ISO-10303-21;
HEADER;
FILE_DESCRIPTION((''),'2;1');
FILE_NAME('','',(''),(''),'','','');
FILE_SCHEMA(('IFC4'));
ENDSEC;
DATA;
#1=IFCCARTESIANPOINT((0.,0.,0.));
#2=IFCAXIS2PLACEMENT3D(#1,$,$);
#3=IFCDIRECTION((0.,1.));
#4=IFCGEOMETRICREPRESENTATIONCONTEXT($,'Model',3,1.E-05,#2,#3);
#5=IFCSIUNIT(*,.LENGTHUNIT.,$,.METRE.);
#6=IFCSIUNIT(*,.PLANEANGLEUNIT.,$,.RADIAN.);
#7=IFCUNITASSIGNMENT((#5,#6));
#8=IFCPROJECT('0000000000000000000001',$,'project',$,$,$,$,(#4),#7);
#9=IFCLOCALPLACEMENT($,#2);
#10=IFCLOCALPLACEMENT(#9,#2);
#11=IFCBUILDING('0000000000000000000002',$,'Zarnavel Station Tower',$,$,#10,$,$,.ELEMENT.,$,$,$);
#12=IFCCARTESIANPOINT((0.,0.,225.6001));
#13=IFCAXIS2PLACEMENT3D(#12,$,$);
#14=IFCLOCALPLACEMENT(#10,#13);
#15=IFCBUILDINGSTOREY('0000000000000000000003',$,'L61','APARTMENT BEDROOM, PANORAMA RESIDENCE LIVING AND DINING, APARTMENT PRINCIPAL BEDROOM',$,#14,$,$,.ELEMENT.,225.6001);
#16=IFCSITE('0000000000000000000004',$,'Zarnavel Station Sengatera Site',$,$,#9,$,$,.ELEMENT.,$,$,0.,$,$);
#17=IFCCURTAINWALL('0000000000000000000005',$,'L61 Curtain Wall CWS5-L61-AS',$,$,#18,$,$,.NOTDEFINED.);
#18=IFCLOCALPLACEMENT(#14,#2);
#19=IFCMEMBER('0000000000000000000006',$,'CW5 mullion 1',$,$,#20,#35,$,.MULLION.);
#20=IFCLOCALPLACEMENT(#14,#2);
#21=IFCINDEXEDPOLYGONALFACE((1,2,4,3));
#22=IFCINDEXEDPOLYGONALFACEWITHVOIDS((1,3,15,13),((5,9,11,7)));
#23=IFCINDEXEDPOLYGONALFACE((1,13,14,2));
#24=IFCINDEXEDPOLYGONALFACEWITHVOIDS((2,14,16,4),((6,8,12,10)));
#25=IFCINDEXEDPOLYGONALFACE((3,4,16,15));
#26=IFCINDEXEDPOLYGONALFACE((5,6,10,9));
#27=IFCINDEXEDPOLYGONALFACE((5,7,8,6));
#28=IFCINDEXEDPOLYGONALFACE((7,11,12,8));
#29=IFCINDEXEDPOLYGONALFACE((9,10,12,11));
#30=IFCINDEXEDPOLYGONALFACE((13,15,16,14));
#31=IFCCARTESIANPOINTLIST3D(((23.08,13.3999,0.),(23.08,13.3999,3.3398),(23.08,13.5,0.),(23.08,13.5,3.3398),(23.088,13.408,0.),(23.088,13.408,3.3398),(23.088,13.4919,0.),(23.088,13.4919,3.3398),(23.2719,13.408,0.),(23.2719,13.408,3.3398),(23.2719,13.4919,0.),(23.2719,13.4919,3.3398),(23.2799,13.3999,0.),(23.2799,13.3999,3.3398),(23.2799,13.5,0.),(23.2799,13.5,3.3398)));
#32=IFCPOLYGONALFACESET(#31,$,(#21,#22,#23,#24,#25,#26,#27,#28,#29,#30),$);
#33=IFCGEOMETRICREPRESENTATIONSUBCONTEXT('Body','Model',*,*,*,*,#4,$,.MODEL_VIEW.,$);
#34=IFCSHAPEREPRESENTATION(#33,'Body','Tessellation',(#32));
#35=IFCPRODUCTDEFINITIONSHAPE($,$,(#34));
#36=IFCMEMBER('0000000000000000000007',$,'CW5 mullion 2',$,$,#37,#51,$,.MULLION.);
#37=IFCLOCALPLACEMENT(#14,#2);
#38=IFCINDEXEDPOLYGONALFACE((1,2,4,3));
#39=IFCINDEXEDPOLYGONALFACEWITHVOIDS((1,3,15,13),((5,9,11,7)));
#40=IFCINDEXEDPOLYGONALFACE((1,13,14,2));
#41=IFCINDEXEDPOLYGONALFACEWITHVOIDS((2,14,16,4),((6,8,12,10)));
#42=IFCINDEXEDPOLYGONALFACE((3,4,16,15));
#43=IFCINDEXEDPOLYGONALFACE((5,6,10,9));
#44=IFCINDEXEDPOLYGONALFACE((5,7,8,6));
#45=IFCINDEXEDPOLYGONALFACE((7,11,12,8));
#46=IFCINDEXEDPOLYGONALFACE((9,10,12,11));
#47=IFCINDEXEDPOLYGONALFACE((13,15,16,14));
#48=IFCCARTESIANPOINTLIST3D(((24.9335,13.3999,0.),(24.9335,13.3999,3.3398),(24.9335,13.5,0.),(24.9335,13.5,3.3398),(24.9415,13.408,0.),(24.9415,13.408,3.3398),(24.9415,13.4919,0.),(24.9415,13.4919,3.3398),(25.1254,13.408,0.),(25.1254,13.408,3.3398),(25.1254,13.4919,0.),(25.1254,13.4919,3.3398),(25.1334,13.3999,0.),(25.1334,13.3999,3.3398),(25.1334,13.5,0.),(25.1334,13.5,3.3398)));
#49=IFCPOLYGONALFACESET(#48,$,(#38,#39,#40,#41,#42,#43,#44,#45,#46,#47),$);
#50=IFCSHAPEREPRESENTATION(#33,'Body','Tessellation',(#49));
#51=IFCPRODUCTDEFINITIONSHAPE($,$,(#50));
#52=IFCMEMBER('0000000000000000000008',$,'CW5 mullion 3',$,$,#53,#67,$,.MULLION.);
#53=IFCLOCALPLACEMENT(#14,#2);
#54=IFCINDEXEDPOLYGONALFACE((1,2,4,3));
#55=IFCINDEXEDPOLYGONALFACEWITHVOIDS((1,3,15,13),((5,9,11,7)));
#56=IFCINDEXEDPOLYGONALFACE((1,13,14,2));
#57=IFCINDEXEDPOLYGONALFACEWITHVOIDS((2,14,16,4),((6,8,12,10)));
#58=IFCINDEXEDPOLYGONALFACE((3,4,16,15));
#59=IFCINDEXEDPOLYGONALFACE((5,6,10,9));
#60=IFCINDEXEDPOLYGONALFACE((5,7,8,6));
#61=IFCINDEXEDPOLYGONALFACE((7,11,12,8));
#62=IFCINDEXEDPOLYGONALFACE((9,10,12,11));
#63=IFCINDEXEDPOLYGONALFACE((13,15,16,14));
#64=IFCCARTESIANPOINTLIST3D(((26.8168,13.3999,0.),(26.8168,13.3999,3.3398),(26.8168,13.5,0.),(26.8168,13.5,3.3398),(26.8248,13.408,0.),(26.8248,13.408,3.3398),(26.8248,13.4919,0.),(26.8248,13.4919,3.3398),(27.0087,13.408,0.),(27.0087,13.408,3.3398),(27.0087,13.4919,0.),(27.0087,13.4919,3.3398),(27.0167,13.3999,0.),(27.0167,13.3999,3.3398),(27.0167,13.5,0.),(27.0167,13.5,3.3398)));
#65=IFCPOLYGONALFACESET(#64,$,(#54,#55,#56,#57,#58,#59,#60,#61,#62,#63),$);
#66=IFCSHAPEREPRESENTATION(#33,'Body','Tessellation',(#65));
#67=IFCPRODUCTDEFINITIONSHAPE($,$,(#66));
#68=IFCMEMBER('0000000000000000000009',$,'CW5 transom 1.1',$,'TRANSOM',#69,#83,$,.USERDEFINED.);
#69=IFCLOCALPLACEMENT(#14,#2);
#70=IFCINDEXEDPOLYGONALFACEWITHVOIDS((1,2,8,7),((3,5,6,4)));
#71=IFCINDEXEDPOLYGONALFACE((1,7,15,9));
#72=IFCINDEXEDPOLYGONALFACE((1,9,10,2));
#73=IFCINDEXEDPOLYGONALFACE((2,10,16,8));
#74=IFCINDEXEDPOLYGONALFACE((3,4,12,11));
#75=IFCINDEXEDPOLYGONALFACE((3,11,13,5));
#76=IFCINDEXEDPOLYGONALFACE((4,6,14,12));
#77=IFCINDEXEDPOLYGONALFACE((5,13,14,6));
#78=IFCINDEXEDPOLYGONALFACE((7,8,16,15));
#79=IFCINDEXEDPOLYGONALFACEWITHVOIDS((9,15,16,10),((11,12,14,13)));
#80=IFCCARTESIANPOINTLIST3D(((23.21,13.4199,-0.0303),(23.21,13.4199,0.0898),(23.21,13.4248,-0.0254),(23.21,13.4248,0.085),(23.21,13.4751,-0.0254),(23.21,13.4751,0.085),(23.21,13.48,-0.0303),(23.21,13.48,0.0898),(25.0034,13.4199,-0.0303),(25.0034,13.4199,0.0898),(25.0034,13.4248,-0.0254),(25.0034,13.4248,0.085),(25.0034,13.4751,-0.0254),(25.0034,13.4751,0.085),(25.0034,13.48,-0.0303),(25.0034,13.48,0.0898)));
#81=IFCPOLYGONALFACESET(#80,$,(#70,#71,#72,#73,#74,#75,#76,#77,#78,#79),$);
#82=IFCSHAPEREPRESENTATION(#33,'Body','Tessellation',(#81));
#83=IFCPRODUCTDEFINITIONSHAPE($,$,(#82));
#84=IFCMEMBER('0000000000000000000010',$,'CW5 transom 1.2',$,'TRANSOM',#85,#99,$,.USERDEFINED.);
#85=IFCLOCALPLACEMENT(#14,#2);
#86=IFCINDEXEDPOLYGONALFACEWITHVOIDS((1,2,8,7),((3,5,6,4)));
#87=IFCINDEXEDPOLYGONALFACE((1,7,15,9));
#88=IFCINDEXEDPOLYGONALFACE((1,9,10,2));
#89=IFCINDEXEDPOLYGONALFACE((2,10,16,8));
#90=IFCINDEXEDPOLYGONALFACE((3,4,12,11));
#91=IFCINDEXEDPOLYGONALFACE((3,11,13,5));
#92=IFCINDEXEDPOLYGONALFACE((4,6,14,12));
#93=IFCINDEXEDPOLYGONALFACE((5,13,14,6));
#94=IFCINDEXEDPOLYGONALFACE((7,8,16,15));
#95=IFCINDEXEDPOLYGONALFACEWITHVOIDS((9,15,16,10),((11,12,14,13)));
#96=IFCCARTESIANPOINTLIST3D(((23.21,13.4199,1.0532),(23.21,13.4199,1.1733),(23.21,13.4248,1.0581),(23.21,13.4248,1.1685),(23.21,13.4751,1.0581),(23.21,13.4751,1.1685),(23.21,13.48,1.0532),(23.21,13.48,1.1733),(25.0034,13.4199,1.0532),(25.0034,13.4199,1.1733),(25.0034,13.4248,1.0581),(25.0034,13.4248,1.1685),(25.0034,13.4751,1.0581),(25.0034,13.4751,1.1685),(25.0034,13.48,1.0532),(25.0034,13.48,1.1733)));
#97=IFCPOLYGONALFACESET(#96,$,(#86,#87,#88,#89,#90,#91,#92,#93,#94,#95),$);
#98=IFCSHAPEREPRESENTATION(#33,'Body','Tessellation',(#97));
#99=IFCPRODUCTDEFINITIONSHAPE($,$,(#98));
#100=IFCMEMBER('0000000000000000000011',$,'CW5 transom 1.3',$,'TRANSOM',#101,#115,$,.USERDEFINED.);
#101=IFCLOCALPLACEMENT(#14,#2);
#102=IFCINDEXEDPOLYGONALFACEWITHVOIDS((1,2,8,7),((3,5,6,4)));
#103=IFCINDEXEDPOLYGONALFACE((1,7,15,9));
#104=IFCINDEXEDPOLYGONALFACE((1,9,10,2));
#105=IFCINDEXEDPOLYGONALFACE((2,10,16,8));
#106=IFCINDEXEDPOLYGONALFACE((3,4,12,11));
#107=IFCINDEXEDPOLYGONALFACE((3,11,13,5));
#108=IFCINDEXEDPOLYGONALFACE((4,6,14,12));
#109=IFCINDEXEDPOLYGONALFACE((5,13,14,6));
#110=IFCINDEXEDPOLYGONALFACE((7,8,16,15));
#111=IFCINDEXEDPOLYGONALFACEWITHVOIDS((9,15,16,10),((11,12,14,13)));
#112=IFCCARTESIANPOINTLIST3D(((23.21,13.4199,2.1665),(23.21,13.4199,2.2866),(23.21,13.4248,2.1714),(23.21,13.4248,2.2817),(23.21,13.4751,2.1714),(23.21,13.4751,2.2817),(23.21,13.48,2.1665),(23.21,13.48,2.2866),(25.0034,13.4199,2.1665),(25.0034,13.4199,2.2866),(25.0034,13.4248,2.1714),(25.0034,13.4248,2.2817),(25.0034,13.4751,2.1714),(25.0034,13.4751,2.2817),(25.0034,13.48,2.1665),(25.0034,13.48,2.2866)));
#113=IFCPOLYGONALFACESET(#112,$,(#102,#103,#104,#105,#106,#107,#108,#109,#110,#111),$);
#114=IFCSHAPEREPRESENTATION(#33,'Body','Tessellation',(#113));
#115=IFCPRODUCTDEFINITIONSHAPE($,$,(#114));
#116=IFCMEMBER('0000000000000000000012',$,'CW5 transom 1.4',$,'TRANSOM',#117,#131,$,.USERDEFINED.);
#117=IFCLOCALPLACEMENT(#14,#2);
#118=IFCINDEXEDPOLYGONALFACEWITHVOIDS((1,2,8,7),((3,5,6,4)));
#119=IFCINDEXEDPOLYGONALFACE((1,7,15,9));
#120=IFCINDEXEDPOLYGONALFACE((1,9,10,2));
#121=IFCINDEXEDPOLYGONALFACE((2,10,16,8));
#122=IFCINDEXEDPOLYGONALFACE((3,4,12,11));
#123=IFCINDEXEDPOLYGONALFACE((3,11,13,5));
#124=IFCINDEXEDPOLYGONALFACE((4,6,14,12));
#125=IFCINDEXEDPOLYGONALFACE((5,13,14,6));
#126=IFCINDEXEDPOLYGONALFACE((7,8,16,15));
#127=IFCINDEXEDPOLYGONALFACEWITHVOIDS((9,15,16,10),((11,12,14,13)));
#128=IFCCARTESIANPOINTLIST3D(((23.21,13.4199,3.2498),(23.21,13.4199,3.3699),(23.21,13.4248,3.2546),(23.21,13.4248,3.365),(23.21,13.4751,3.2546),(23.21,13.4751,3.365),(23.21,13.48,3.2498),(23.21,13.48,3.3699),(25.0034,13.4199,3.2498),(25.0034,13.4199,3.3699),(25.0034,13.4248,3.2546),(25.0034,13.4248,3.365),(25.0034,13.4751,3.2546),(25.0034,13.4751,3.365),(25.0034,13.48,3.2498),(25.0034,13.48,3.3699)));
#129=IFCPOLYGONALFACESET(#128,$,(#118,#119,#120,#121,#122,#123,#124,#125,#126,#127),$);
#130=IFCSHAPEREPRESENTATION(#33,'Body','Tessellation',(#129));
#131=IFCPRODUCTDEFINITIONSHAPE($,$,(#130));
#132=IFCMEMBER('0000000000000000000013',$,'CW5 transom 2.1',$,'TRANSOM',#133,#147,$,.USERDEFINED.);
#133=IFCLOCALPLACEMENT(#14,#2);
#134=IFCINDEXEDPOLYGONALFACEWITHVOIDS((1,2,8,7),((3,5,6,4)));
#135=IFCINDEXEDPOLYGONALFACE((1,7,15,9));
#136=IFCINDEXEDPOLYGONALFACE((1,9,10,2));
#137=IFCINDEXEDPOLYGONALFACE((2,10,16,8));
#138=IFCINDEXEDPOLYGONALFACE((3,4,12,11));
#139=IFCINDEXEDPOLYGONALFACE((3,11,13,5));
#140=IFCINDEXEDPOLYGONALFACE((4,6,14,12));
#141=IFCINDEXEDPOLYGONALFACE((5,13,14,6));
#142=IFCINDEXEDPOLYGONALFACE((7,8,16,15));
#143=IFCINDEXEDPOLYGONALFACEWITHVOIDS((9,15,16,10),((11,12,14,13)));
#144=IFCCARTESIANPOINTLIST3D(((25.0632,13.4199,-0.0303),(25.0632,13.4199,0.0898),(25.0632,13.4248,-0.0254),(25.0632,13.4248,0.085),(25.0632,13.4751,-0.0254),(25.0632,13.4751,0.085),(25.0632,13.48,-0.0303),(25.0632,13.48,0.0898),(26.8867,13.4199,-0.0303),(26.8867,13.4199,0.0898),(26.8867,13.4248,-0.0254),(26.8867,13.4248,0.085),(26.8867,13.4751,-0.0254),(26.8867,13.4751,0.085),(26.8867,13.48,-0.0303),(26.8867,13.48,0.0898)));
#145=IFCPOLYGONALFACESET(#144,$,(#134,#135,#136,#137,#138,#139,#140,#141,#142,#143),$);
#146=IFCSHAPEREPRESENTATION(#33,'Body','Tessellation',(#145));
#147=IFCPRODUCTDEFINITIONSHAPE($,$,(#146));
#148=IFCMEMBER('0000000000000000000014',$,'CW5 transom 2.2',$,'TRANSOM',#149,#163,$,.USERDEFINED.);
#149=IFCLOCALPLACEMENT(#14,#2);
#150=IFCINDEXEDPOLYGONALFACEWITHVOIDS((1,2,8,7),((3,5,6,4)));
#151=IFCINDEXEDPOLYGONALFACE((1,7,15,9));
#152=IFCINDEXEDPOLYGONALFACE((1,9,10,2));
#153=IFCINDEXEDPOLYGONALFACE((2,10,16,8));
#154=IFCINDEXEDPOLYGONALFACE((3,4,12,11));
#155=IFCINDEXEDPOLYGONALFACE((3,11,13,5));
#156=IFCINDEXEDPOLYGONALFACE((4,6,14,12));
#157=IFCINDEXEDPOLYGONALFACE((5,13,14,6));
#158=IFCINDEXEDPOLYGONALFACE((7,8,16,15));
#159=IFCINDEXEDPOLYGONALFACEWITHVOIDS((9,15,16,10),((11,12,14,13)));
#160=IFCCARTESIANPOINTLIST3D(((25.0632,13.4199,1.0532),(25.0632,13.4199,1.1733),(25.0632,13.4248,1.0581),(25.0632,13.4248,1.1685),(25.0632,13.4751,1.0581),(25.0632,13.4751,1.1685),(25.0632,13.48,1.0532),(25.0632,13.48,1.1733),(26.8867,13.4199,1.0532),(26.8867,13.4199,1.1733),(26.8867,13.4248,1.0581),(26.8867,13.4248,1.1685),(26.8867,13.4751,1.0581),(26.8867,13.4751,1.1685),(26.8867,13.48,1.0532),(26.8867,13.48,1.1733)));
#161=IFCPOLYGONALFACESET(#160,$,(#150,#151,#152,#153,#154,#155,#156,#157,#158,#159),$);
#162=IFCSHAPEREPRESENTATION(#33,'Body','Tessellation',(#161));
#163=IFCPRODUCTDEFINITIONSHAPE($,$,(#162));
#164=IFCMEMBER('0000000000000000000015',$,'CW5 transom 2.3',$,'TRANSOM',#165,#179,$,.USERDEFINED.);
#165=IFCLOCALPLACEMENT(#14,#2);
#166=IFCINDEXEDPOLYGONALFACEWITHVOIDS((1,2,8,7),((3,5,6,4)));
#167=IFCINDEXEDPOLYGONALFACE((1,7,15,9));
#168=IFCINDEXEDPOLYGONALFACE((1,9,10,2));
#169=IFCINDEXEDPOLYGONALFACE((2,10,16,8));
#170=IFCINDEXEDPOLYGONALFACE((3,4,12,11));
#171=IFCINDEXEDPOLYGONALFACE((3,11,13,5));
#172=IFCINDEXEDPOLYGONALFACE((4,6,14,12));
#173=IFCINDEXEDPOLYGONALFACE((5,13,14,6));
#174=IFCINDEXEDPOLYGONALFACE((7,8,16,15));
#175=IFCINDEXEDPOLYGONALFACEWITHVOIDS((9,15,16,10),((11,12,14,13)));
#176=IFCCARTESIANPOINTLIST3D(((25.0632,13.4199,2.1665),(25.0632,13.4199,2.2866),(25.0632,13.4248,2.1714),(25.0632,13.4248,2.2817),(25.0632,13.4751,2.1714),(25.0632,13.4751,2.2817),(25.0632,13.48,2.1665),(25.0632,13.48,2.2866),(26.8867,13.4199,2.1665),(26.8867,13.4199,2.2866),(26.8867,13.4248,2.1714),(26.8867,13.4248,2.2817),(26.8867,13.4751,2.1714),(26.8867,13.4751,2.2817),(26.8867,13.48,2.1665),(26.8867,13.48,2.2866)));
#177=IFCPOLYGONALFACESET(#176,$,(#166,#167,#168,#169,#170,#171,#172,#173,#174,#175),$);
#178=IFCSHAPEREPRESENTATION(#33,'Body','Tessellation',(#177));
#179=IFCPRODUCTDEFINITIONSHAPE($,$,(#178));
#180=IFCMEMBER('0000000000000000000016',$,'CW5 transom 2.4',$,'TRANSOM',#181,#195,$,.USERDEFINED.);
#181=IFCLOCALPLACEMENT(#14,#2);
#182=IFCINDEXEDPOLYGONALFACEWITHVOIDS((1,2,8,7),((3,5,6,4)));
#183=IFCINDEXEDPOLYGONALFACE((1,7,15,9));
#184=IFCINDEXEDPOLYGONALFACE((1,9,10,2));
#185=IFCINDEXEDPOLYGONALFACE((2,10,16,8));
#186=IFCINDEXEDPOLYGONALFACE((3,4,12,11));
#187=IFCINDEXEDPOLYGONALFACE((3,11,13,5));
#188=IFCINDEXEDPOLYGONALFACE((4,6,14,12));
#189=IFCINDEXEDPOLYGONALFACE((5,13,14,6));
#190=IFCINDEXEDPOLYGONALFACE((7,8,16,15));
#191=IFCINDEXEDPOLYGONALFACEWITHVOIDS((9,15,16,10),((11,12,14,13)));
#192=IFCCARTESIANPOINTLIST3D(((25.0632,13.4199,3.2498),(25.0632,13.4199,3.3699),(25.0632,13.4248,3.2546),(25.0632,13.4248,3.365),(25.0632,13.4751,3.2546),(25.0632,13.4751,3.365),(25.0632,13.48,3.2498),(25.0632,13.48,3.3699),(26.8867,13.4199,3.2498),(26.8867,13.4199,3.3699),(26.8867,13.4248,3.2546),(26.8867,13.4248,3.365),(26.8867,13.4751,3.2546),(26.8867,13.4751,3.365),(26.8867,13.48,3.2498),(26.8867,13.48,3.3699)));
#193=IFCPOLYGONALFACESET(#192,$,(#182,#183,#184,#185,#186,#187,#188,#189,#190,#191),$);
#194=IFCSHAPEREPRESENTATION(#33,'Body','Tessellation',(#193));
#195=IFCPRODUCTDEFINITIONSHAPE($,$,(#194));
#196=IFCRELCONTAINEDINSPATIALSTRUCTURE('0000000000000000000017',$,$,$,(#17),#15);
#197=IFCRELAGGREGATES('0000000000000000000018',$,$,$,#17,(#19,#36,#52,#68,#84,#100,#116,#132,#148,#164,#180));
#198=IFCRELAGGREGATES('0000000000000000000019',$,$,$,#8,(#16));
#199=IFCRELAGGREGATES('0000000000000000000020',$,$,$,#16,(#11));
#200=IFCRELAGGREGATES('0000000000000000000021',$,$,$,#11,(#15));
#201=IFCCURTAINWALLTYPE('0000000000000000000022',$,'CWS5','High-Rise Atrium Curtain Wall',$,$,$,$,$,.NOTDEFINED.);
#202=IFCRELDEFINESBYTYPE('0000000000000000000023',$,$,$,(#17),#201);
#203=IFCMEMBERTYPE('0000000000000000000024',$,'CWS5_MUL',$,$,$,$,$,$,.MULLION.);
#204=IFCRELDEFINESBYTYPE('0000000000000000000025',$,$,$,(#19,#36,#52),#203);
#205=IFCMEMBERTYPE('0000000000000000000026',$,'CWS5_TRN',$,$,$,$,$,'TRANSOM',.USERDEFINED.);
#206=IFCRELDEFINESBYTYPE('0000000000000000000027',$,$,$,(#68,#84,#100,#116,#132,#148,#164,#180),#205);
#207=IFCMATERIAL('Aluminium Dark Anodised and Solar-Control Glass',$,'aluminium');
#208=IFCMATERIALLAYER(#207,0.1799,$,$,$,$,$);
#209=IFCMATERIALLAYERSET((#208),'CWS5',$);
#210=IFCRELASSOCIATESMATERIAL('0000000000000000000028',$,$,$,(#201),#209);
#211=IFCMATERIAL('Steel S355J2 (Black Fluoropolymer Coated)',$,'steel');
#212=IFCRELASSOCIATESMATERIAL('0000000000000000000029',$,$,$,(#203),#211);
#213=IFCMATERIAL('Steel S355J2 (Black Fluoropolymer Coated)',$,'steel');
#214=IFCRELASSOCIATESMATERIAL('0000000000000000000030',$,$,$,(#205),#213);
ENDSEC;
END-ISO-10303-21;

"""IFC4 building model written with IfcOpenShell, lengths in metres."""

from ifc_helpers import new_model, si_unit, direction, frame, origin, origin_2d, place, context, subcontext, project, spatial, hollow_rectangle, extrude, material, layer, layer_set, material_profile, profile_set, type_object, element, aggregate, save


model = new_model("IFC4")

# Units and contexts
model_context = context("Model", 3, precision=1e-05, world=origin(), true_north=direction((0.0, 1.0)))
body_context = subcontext(model_context, "Body", "Model", "MODEL_VIEW")
ifc_project = project(units=[si_unit("LENGTHUNIT", "METRE"), si_unit("PLANEANGLEUNIT", "RADIAN")], contexts=[model_context])

# Site, building, storey
site_placement = place(None, origin())
site = spatial("IfcSite", under=ifc_project, at=site_placement, Name="Zarnavel Station Sengatera Site", CompositionType="ELEMENT", RefElevation=0.0)
building_placement = place(site_placement, origin())
building = spatial("IfcBuilding", under=site, at=building_placement, Name="Zarnavel Station Tower", CompositionType="ELEMENT")
storey_placement = place(building_placement, frame((0.0, 0.0, 225.6001)))
storey = spatial("IfcBuildingStorey", under=building, at=storey_placement, Name="L61", Description="APARTMENT BEDROOM, PANORAMA RESIDENCE LIVING AND DINING, APARTMENT PRINCIPAL BEDROOM", CompositionType="ELEMENT", Elevation=225.6001)

# Curtain wall, members
ifc_material_1 = material(Name="Aluminium Dark Anodised and Solar-Control Glass", Category="aluminium")
ifc_layer_1 = layer(ifc_material_1, 0.1799)
ifc_layer_set_1 = layer_set([ifc_layer_1], Name="CWS5")
curtain_wall_type = type_object("IfcCurtainWallType", Name="CWS5", Description="High-Rise Atrium Curtain Wall", PredefinedType="NOTDEFINED", material=ifc_layer_set_1)
curtain_wall_placement = place(storey_placement, origin())
curtain_wall = element("IfcCurtainWall", 1, at=curtain_wall_placement, inside=storey, type_object=curtain_wall_type, Name="L61 Curtain Wall CWS5-L61-AS", PredefinedType="NOTDEFINED")
ifc_material_2 = material(Name="Steel S355J2 (Black Fluoropolymer Coated)", Category="steel")
ifc_material_profile_1 = material_profile(ifc_material_2, hollow_rectangle(XDim=0.1001, YDim=0.2, WallThickness=0.0081, at=origin_2d()), Name="RHS200x100x8")
ifc_profile_set_1 = profile_set([ifc_material_profile_1], Name="Steel S355J2 (Black Fluoropolymer Coated)")
member_type_1 = type_object("IfcMemberType", Name="CWS5_MUL", PredefinedType="MULLION", material=ifc_profile_set_1)
member_1_placement = place(storey_placement, frame((23.1799, 13.45, 0.0), z_axis=(0.0, 0.0, 1.0), x_axis=(0.0, 1.0, 0.0)))
member_1 = element("IfcMember", 2, at=member_1_placement, type_object=member_type_1, Name="CW5 mullion 1", PredefinedType="MULLION", context=body_context, shape_type="SweptSolid", body=[
    extrude(hollow_rectangle(XDim=0.1001, YDim=0.2, WallThickness=0.0081, at=origin_2d()), origin(), (0.0, 0.0, 1.0), 3.3398),
])
member_2_placement = place(storey_placement, frame((25.0334, 13.45, 0.0), z_axis=(0.0, 0.0, 1.0), x_axis=(0.0, 1.0, 0.0)))
member_2 = element("IfcMember", 3, at=member_2_placement, type_object=member_type_1, Name="CW5 mullion 2", PredefinedType="MULLION", context=body_context, shape_type="SweptSolid", body=[
    extrude(hollow_rectangle(XDim=0.1001, YDim=0.2, WallThickness=0.0081, at=origin_2d()), origin(), (0.0, 0.0, 1.0), 3.3398),
])
member_3_placement = place(storey_placement, frame((26.9167, 13.45, 0.0), z_axis=(0.0, 0.0, 1.0), x_axis=(0.0, 1.0, 0.0)))
member_3 = element("IfcMember", 4, at=member_3_placement, type_object=member_type_1, Name="CW5 mullion 3", PredefinedType="MULLION", context=body_context, shape_type="SweptSolid", body=[
    extrude(hollow_rectangle(XDim=0.1001, YDim=0.2, WallThickness=0.0081, at=origin_2d()), origin(), (0.0, 0.0, 1.0), 3.3398),
])
ifc_material_3 = material(Name="Steel S355J2 (Black Fluoropolymer Coated)", Category="steel")
ifc_material_profile_2 = material_profile(ifc_material_3, hollow_rectangle(XDim=0.0601, YDim=0.1201, WallThickness=0.0049, at=origin_2d()), Name="RHS120x60x5")
ifc_profile_set_2 = profile_set([ifc_material_profile_2], Name="Steel S355J2 (Black Fluoropolymer Coated)")
member_type_2 = type_object("IfcMemberType", Name="CWS5_TRN", ElementType="TRANSOM", PredefinedType="USERDEFINED", material=ifc_profile_set_2)
member_4_placement = place(storey_placement, frame((23.21, 13.45, 0.0298), z_axis=(1.0, 0.0, 0.0), x_axis=(0.0, 1.0, 0.0)))
member_4 = element("IfcMember", 5, at=member_4_placement, type_object=member_type_2, Name="CW5 transom 1.1", ObjectType="TRANSOM", PredefinedType="USERDEFINED", context=body_context, shape_type="SweptSolid", body=[
    extrude(hollow_rectangle(XDim=0.0601, YDim=0.1201, WallThickness=0.0049, at=origin_2d()), origin(), (0.0, 0.0, 1.0), 1.7935),
])
member_5_placement = place(storey_placement, frame((23.21, 13.45, 1.1133), z_axis=(1.0, 0.0, 0.0), x_axis=(0.0, 1.0, 0.0)))
member_5 = element("IfcMember", 6, at=member_5_placement, type_object=member_type_2, Name="CW5 transom 1.2", ObjectType="TRANSOM", PredefinedType="USERDEFINED", context=body_context, shape_type="SweptSolid", body=[
    extrude(hollow_rectangle(XDim=0.0601, YDim=0.1201, WallThickness=0.0049, at=origin_2d()), origin(), (0.0, 0.0, 1.0), 1.7935),
])
member_6_placement = place(storey_placement, frame((23.21, 13.45, 2.2266), z_axis=(1.0, 0.0, 0.0), x_axis=(0.0, 1.0, 0.0)))
member_6 = element("IfcMember", 7, at=member_6_placement, type_object=member_type_2, Name="CW5 transom 1.3", ObjectType="TRANSOM", PredefinedType="USERDEFINED", context=body_context, shape_type="SweptSolid", body=[
    extrude(hollow_rectangle(XDim=0.0601, YDim=0.1201, WallThickness=0.0049, at=origin_2d()), origin(), (0.0, 0.0, 1.0), 1.7935),
])
member_7_placement = place(storey_placement, frame((23.21, 13.45, 3.3098), z_axis=(1.0, 0.0, 0.0), x_axis=(0.0, 1.0, 0.0)))
member_7 = element("IfcMember", 8, at=member_7_placement, type_object=member_type_2, Name="CW5 transom 1.4", ObjectType="TRANSOM", PredefinedType="USERDEFINED", context=body_context, shape_type="SweptSolid", body=[
    extrude(hollow_rectangle(XDim=0.0601, YDim=0.1201, WallThickness=0.0049, at=origin_2d()), origin(), (0.0, 0.0, 1.0), 1.7935),
])
member_8_placement = place(storey_placement, frame((25.0632, 13.45, 0.0298), z_axis=(1.0, 0.0, 0.0), x_axis=(0.0, 1.0, 0.0)))
member_8 = element("IfcMember", 9, at=member_8_placement, type_object=member_type_2, Name="CW5 transom 2.1", ObjectType="TRANSOM", PredefinedType="USERDEFINED", context=body_context, shape_type="SweptSolid", body=[
    extrude(hollow_rectangle(XDim=0.0601, YDim=0.1201, WallThickness=0.0049, at=origin_2d()), origin(), (0.0, 0.0, 1.0), 1.8235),
])
member_9_placement = place(storey_placement, frame((25.0632, 13.45, 1.1133), z_axis=(1.0, 0.0, 0.0), x_axis=(0.0, 1.0, 0.0)))
member_9 = element("IfcMember", 10, at=member_9_placement, type_object=member_type_2, Name="CW5 transom 2.2", ObjectType="TRANSOM", PredefinedType="USERDEFINED", context=body_context, shape_type="SweptSolid", body=[
    extrude(hollow_rectangle(XDim=0.0601, YDim=0.1201, WallThickness=0.0049, at=origin_2d()), origin(), (0.0, 0.0, 1.0), 1.8235),
])
member_10_placement = place(storey_placement, frame((25.0632, 13.45, 2.2266), z_axis=(1.0, 0.0, 0.0), x_axis=(0.0, 1.0, 0.0)))
member_10 = element("IfcMember", 11, at=member_10_placement, type_object=member_type_2, Name="CW5 transom 2.3", ObjectType="TRANSOM", PredefinedType="USERDEFINED", context=body_context, shape_type="SweptSolid", body=[
    extrude(hollow_rectangle(XDim=0.0601, YDim=0.1201, WallThickness=0.0049, at=origin_2d()), origin(), (0.0, 0.0, 1.0), 1.8235),
])
member_11_placement = place(storey_placement, frame((25.0632, 13.45, 3.3098), z_axis=(1.0, 0.0, 0.0), x_axis=(0.0, 1.0, 0.0)))
member_11 = element("IfcMember", 12, at=member_11_placement, type_object=member_type_2, Name="CW5 transom 2.4", ObjectType="TRANSOM", PredefinedType="USERDEFINED", context=body_context, shape_type="SweptSolid", body=[
    extrude(hollow_rectangle(XDim=0.0601, YDim=0.1201, WallThickness=0.0049, at=origin_2d()), origin(), (0.0, 0.0, 1.0), 1.8235),
])
aggregate(curtain_wall, [member_1, member_2, member_3, member_4, member_5, member_6, member_7, member_8, member_9, member_10, member_11])

save(model, "model.ifc")
